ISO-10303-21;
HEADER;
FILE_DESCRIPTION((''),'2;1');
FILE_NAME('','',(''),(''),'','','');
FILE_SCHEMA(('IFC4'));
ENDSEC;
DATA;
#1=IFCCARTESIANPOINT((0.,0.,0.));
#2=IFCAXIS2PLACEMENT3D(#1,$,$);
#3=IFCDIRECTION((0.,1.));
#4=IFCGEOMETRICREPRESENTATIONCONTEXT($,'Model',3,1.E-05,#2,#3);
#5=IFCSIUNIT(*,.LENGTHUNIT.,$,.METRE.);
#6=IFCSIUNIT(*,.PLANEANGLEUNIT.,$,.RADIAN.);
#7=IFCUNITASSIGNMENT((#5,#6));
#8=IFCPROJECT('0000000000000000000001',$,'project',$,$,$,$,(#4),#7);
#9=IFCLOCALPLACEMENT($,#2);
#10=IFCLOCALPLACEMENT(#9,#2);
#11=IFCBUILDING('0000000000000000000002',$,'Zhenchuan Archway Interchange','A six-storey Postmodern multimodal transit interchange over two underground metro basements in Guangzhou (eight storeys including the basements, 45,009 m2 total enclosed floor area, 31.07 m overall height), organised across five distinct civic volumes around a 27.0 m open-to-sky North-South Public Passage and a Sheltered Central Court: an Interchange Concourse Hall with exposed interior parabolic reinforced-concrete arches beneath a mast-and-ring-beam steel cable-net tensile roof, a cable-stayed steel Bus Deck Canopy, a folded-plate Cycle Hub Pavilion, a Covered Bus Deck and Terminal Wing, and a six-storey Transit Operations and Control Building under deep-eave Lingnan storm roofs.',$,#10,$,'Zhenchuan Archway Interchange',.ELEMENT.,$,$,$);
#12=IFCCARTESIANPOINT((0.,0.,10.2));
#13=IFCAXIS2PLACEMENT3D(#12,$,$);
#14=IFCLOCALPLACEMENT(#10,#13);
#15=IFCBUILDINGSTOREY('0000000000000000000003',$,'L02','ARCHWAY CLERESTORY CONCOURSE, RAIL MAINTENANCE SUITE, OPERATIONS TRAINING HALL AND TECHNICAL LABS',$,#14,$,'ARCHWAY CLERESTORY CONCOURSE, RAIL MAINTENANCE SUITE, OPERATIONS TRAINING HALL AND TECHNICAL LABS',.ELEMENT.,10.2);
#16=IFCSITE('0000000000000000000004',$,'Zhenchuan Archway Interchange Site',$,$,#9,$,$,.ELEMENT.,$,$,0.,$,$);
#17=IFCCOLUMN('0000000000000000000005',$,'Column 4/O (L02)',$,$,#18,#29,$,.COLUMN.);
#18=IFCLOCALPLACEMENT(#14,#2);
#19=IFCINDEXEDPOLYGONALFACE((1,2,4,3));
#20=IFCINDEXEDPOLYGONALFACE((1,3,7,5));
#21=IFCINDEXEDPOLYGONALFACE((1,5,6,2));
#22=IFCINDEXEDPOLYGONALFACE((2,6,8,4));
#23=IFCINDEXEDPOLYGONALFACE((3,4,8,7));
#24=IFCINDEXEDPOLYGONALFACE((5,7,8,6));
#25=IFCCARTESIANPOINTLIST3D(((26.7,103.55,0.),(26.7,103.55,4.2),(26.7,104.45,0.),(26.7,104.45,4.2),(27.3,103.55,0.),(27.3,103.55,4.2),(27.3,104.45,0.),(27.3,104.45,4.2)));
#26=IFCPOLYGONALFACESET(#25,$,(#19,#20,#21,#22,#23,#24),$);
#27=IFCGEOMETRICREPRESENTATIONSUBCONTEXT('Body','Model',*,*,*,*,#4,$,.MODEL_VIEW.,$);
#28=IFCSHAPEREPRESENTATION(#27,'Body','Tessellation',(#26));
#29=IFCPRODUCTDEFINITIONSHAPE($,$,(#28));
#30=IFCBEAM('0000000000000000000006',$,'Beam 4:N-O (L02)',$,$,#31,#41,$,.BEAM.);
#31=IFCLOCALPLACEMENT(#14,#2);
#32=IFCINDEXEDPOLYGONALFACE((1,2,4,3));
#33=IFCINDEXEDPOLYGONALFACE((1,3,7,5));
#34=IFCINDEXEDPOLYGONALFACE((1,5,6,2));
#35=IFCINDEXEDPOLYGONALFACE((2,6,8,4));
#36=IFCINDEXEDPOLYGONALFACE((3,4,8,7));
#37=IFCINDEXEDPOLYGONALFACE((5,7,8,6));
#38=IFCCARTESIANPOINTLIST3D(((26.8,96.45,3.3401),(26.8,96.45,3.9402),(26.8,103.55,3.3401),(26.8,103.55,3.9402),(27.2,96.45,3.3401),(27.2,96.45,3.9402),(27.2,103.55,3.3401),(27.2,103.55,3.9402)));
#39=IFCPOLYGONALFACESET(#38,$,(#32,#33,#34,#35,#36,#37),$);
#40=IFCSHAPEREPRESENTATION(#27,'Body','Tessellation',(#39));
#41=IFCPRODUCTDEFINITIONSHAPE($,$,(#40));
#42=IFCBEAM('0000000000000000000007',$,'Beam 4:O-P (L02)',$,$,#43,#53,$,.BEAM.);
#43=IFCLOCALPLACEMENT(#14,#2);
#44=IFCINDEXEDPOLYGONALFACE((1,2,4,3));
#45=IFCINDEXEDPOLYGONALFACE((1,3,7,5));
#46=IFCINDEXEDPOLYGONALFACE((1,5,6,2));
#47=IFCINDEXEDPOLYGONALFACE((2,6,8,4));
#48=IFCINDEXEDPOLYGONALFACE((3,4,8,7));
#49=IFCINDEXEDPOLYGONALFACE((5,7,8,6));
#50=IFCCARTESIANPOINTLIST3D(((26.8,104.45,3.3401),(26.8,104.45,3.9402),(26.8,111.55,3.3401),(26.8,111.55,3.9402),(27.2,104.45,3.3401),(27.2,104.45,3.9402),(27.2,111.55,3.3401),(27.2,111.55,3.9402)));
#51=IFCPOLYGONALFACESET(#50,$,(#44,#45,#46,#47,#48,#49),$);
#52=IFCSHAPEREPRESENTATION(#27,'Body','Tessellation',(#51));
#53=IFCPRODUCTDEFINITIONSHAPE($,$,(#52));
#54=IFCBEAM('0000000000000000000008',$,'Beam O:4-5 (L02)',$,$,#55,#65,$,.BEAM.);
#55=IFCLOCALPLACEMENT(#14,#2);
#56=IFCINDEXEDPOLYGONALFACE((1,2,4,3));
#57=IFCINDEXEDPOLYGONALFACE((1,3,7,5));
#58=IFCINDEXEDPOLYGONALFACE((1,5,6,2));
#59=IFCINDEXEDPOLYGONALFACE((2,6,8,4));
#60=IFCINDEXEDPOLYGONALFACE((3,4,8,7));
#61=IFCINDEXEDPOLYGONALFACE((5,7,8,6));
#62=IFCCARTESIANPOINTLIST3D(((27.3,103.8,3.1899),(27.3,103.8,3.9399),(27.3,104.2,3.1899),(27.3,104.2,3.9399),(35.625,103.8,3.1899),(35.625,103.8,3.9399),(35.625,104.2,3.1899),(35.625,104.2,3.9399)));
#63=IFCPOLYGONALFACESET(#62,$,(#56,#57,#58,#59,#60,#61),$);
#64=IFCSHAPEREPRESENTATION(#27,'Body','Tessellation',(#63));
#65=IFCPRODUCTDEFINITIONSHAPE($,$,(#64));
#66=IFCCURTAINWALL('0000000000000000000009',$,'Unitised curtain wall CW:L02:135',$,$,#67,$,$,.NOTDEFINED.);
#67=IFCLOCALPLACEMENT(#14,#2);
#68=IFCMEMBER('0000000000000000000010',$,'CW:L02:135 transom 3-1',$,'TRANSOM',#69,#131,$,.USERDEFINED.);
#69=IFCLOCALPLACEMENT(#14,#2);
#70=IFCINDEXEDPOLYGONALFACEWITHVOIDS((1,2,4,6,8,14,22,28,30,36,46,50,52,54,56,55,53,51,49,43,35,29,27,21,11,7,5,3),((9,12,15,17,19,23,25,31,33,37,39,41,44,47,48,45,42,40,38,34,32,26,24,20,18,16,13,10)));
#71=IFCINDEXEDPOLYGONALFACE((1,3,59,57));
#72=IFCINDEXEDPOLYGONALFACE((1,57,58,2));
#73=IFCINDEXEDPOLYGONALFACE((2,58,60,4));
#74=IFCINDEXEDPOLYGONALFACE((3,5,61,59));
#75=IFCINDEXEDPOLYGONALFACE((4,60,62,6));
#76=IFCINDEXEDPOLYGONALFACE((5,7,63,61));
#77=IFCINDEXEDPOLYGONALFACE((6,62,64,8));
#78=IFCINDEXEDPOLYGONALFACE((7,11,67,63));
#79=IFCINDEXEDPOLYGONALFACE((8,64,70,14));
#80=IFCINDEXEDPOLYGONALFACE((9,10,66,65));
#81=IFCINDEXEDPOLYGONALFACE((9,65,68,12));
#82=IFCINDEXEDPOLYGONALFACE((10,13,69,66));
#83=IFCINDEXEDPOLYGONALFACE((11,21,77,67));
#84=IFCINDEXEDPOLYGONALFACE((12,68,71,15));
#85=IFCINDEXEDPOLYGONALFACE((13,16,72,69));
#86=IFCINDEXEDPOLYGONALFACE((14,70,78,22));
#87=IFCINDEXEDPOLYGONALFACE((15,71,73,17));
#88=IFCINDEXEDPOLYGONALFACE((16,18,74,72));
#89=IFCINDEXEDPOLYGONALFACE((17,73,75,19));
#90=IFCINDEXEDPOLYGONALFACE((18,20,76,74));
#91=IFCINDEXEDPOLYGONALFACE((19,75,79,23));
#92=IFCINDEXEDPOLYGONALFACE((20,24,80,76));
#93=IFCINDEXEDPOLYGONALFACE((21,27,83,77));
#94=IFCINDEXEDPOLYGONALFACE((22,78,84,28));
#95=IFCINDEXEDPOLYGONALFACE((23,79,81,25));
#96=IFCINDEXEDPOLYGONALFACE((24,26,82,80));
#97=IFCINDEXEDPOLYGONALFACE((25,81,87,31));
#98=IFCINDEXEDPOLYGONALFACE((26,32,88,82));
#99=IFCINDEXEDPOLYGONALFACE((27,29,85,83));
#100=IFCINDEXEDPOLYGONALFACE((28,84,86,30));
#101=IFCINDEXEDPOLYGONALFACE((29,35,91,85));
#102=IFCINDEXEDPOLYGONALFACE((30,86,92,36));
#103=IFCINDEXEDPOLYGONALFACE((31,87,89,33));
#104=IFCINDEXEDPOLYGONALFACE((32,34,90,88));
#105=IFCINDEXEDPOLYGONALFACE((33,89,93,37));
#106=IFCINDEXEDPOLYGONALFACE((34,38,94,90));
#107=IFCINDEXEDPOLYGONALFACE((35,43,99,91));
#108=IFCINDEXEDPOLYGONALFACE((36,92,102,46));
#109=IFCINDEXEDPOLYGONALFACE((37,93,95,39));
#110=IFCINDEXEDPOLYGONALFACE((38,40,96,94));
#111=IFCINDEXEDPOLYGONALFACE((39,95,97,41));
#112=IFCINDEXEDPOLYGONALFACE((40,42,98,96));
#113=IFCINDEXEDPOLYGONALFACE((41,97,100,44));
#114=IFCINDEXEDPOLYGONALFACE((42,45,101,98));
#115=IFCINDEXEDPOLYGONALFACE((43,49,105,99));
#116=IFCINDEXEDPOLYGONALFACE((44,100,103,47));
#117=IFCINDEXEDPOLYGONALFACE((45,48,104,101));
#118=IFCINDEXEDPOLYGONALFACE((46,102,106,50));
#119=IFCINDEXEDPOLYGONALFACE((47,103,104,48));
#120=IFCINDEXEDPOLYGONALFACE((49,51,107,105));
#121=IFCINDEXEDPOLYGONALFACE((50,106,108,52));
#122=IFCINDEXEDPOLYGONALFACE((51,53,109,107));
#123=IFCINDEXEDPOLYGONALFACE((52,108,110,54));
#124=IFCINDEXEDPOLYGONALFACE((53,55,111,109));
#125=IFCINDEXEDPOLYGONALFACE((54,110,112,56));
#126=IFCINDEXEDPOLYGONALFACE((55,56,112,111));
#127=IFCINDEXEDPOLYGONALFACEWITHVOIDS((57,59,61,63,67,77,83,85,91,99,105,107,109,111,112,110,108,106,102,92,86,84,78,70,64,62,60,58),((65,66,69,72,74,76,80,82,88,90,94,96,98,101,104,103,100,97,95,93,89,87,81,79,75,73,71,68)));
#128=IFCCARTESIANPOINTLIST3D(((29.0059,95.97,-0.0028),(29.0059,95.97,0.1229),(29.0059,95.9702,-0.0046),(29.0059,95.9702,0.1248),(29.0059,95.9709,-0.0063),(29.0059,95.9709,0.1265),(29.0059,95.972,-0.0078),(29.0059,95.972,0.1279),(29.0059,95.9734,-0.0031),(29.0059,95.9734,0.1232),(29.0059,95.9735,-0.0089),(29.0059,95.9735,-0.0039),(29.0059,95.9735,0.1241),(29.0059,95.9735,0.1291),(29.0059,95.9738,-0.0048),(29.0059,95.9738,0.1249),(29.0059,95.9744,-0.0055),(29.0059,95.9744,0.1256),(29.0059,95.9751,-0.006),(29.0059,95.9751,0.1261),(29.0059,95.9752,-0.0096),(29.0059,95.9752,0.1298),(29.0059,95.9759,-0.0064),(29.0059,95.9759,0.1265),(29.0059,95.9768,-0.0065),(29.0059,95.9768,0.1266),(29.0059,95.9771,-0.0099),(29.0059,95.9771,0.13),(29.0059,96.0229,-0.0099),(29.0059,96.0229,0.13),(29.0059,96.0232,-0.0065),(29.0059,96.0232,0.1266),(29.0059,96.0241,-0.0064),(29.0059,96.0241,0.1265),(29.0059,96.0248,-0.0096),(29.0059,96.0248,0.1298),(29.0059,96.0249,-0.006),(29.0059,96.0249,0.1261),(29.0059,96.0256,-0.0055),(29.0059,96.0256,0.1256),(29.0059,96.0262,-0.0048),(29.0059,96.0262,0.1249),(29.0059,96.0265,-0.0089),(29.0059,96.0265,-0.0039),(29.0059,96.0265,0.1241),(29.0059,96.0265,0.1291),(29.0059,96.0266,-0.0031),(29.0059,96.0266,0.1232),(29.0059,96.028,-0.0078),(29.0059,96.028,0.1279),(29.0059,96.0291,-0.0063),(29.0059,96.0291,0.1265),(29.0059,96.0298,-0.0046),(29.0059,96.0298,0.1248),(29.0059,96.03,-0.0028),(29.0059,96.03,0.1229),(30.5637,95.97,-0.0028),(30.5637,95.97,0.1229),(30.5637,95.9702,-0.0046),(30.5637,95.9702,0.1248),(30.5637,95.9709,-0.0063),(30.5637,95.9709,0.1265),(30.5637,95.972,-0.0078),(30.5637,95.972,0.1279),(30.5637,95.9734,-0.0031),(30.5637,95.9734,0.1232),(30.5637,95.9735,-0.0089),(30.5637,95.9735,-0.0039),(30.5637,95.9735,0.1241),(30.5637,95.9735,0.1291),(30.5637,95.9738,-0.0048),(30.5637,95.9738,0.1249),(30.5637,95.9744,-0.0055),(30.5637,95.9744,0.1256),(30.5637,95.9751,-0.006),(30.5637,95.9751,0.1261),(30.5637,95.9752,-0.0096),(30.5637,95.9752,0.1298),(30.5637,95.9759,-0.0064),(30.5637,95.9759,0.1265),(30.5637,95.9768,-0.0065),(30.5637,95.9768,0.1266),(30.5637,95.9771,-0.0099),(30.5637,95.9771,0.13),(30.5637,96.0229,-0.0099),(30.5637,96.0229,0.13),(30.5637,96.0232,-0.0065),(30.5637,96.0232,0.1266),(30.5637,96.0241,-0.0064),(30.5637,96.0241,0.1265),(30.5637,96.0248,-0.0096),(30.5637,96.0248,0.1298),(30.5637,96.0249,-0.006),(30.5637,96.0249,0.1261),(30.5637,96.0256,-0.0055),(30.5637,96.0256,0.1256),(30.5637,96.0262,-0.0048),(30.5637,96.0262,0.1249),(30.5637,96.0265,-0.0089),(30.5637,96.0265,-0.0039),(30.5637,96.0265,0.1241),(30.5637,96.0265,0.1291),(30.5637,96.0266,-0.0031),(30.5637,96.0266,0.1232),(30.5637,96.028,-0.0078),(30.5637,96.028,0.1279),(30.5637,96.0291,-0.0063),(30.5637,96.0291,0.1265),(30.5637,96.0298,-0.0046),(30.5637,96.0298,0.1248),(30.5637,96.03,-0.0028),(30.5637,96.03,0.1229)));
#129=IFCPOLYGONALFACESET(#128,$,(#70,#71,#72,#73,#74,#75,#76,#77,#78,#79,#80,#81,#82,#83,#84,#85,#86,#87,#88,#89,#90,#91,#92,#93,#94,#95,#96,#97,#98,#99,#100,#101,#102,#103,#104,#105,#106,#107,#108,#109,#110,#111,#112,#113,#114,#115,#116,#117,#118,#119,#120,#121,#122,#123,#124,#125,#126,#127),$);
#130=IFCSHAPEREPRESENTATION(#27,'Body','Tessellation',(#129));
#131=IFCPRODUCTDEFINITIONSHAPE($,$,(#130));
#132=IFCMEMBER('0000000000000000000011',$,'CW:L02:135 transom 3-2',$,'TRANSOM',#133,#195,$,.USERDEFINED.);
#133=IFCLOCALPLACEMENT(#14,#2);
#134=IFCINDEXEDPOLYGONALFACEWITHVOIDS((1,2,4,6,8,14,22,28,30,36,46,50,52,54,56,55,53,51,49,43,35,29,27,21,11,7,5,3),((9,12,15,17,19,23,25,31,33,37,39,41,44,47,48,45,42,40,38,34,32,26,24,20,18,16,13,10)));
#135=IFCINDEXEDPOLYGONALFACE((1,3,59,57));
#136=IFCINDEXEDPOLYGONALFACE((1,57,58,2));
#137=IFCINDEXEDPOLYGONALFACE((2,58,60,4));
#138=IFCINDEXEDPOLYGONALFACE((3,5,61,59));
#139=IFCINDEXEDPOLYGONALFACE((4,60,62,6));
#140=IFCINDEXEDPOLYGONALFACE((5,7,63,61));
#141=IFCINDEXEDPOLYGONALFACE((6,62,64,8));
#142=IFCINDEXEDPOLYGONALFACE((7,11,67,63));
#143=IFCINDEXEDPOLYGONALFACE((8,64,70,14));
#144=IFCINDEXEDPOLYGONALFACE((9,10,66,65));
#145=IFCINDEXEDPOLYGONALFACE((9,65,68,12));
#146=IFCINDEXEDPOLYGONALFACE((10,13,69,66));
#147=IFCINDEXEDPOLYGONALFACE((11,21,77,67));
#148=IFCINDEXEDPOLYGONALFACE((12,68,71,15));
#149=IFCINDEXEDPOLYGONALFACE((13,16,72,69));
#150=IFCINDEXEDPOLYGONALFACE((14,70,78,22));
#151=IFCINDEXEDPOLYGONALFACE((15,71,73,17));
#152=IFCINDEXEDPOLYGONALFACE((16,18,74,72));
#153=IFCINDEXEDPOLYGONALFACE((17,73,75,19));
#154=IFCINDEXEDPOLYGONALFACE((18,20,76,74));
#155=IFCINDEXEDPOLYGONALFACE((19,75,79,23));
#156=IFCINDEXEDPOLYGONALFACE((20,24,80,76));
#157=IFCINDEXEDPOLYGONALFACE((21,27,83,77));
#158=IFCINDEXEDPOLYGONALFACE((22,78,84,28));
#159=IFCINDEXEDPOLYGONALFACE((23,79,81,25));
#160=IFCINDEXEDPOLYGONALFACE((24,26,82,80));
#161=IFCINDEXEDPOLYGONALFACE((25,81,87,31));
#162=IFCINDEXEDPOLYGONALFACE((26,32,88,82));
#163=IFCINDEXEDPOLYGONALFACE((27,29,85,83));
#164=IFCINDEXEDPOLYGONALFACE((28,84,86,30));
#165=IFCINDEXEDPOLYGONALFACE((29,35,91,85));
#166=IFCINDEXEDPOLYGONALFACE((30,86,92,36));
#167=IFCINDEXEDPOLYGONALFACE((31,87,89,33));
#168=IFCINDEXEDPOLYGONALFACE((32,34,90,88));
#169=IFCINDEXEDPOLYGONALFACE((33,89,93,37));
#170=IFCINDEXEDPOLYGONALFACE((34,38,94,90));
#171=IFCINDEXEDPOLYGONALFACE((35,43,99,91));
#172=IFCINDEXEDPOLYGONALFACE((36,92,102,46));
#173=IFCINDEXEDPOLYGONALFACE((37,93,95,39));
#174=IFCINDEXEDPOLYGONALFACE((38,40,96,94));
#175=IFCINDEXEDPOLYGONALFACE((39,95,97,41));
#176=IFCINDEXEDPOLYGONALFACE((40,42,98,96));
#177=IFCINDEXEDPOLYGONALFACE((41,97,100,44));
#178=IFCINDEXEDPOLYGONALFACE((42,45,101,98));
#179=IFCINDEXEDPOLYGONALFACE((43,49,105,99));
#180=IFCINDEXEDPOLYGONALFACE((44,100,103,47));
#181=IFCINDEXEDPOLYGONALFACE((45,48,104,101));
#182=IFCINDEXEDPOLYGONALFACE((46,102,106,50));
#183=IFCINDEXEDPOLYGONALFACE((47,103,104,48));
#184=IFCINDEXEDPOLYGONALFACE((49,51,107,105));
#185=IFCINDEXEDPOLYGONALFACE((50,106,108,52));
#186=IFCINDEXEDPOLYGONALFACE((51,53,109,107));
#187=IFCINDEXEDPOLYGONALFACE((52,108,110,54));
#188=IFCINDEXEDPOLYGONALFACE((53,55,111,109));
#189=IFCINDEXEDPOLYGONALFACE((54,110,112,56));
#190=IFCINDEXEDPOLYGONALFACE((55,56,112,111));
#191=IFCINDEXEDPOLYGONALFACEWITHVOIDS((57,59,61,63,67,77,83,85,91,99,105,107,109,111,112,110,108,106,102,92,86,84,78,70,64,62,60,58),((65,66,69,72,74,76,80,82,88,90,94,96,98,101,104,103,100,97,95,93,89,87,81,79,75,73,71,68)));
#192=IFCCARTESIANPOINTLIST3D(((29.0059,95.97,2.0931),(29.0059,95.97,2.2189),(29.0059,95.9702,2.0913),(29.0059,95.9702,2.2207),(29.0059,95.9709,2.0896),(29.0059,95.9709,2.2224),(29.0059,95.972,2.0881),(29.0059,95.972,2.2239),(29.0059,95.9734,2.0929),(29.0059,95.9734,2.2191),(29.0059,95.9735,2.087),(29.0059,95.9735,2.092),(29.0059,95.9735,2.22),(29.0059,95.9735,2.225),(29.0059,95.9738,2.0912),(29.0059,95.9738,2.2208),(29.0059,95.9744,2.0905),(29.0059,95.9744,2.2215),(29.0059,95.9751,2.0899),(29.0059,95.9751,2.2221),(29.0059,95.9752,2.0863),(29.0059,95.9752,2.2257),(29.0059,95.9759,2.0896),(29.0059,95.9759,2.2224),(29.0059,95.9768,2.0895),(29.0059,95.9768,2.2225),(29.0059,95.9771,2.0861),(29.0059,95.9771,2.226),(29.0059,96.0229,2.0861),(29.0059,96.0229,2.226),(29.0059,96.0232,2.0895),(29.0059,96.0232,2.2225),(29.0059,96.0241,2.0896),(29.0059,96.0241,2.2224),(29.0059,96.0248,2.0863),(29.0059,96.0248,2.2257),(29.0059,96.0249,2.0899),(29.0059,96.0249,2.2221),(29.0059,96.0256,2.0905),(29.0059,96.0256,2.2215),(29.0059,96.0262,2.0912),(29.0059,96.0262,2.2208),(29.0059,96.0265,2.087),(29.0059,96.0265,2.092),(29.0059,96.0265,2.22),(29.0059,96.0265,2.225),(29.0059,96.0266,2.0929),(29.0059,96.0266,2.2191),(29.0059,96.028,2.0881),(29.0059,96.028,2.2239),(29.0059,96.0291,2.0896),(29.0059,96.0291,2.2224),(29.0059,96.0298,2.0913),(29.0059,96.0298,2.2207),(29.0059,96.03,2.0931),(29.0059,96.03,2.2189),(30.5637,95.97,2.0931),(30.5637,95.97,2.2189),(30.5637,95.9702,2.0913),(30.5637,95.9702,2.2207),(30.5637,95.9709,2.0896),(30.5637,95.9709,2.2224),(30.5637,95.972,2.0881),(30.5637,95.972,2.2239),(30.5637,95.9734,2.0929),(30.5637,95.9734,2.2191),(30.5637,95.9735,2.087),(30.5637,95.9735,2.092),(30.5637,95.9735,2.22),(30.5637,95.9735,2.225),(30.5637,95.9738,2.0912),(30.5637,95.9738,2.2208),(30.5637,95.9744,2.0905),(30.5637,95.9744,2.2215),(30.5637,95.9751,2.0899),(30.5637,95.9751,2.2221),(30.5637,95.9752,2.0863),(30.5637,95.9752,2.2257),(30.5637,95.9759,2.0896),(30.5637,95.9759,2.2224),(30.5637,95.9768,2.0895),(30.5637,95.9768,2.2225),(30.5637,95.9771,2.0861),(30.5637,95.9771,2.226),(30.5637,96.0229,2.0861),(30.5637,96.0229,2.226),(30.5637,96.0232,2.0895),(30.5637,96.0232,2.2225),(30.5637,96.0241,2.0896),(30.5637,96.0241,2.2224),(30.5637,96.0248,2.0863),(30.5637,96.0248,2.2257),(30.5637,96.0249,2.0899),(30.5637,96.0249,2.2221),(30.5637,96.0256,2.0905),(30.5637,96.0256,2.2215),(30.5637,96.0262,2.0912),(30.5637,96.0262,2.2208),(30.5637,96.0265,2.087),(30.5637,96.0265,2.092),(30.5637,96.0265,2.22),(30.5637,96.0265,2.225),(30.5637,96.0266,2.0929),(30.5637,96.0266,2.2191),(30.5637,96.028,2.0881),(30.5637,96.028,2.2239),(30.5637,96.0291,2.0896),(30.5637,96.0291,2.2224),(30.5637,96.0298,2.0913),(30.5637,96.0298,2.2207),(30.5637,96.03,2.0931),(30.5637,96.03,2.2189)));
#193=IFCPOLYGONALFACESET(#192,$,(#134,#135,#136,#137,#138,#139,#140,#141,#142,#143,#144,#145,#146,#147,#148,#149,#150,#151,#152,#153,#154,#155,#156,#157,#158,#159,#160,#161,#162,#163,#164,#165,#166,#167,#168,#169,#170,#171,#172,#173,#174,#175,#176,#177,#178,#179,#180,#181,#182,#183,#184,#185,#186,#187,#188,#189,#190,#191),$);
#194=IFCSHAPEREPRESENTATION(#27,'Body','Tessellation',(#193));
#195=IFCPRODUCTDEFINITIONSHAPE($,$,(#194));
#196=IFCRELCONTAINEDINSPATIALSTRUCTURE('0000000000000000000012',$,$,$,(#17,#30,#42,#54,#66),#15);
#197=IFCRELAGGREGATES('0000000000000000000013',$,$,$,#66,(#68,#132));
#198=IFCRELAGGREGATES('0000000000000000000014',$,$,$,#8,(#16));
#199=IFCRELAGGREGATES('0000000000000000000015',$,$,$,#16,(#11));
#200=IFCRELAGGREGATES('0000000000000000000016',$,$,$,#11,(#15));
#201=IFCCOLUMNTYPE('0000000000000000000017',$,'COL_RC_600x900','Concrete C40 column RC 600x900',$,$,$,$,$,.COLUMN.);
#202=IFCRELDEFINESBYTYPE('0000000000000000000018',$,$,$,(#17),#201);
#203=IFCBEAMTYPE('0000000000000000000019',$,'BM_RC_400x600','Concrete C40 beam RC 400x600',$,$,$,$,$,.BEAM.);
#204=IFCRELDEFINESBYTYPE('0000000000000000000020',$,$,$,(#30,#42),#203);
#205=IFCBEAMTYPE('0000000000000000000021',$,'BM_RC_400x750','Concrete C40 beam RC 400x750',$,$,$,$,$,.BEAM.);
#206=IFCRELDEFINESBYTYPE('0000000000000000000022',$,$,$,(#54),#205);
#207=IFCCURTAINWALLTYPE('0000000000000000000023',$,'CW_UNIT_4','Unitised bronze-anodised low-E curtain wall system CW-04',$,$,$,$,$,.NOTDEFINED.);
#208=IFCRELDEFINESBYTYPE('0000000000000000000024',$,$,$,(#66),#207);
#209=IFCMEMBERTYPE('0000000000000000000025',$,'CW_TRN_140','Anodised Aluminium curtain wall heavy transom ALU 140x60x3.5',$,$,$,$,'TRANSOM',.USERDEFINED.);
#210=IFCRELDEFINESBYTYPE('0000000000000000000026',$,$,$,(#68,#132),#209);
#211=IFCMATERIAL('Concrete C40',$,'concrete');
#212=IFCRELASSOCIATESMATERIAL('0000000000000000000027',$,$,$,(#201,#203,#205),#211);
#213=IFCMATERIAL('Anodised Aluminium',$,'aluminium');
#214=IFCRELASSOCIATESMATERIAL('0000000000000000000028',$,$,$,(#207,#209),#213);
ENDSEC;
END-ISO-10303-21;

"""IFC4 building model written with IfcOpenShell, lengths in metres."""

from ifc_helpers import new_model, si_unit, direction, frame, origin, origin_2d, place, context, subcontext, project, spatial, rectangle, hollow_rectangle, extrude, material, material_profile, profile_set, type_object, element, aggregate, save


model = new_model("IFC4")

# Units and contexts
model_context = context("Model", 3, precision=1e-05, world=origin(), true_north=direction((0.0, 1.0)))
body_context = subcontext(model_context, "Body", "Model", "MODEL_VIEW")
ifc_project = project(units=[si_unit("LENGTHUNIT", "METRE"), si_unit("PLANEANGLEUNIT", "RADIAN")], contexts=[model_context])

# Site, building, storey
site_placement = place(None, origin())
site = spatial("IfcSite", under=ifc_project, at=site_placement, Name="Zhenchuan Archway Interchange Site", CompositionType="ELEMENT", RefElevation=0.0)
building_placement = place(site_placement, origin())
building = spatial("IfcBuilding", under=site, at=building_placement, Name="Zhenchuan Archway Interchange", Description="A six-storey Postmodern multimodal transit interchange over two underground metro basements in Guangzhou (eight storeys including the basements, 45,009 m2 total enclosed floor area, 31.07 m overall height), organised across five distinct civic volumes around a 27.0 m open-to-sky North-South Public Passage and a Sheltered Central Court: an Interchange Concourse Hall with exposed interior parabolic reinforced-concrete arches beneath a mast-and-ring-beam steel cable-net tensile roof, a cable-stayed steel Bus Deck Canopy, a folded-plate Cycle Hub Pavilion, a Covered Bus Deck and Terminal Wing, and a six-storey Transit Operations and Control Building under deep-eave Lingnan storm roofs.", LongName="Zhenchuan Archway Interchange", CompositionType="ELEMENT")
storey_placement = place(building_placement, frame((0.0, 0.0, 10.2)))
storey = spatial("IfcBuildingStorey", under=building, at=storey_placement, Name="L02", Description="ARCHWAY CLERESTORY CONCOURSE, RAIL MAINTENANCE SUITE, OPERATIONS TRAINING HALL AND TECHNICAL LABS", LongName="ARCHWAY CLERESTORY CONCOURSE, RAIL MAINTENANCE SUITE, OPERATIONS TRAINING HALL AND TECHNICAL LABS", CompositionType="ELEMENT", Elevation=10.2)

# Column
ifc_material_1 = material(Name="Concrete C40", Category="concrete")
ifc_material_profile_1 = material_profile(ifc_material_1, rectangle(XDim=0.6001, YDim=0.8999, at=origin_2d()), Name="RC 600x900")
ifc_profile_set_1 = profile_set([ifc_material_profile_1], Name="Concrete C40")
column_type = type_object("IfcColumnType", Name="COL_RC_600x900", Description="Concrete C40 column RC 600x900", PredefinedType="COLUMN", material=ifc_profile_set_1)
column_placement = place(storey_placement, frame((27.0, 104.0, 0.0), z_axis=(0.0, 0.0, 1.0), x_axis=(1.0, 0.0, 0.0)))
element("IfcColumn", 1, at=column_placement, inside=storey, type_object=column_type, Name="Column 4/O (L02)", PredefinedType="COLUMN", context=body_context, shape_type="SweptSolid", body=[
    extrude(rectangle(XDim=0.6001, YDim=0.8999, at=origin_2d()), origin(), (0.0, 0.0, 1.0), 4.2),
])

# Beams
ifc_material_profile_2 = material_profile(ifc_material_1, rectangle(XDim=0.3999, YDim=0.6001, at=origin_2d()), Name="RC 400x600")
ifc_profile_set_2 = profile_set([ifc_material_profile_2], Name="Concrete C40")
beam_type_1 = type_object("IfcBeamType", Name="BM_RC_400x600", Description="Concrete C40 beam RC 400x600", PredefinedType="BEAM", material=ifc_profile_set_2)
for number, where, z_axis, x_axis, name in (
    (2, (27.0, 96.45, 3.6401), (0.0, 1.0, 0.0), (-1.0, 0.0, 0.0), "Beam 4:N-O (L02)"),
    (3, (27.0, 104.45, 3.6401), (0.0, 1.0, 0.0), (-1.0, 0.0, 0.0), "Beam 4:O-P (L02)"),
):
    element("IfcBeam", number, at=place(storey_placement, frame(where, z_axis=z_axis, x_axis=x_axis)), inside=storey, type_object=beam_type_1, Name=name, PredefinedType="BEAM", context=body_context, shape_type="SweptSolid", body=[
        extrude(rectangle(XDim=0.3999, YDim=0.6001, at=origin_2d()), origin(), (0.0, 0.0, 1.0), 7.1001),
    ])
ifc_material_profile_3 = material_profile(ifc_material_1, rectangle(XDim=0.3999, YDim=0.75, at=origin_2d()), Name="RC 400x750")
ifc_profile_set_3 = profile_set([ifc_material_profile_3], Name="Concrete C40")
beam_type_2 = type_object("IfcBeamType", Name="BM_RC_400x750", Description="Concrete C40 beam RC 400x750", PredefinedType="BEAM", material=ifc_profile_set_3)
beam_1_placement = place(storey_placement, frame((27.3, 104.0, 3.5649), z_axis=(1.0, 0.0, 0.0), x_axis=(0.0, 1.0, 0.0)))
element("IfcBeam", 4, at=beam_1_placement, inside=storey, type_object=beam_type_2, Name="Beam O:4-5 (L02)", PredefinedType="BEAM", context=body_context, shape_type="SweptSolid", body=[
    extrude(rectangle(XDim=0.3999, YDim=0.75, at=origin_2d()), origin(), (0.0, 0.0, 1.0), 8.325),
])

# Curtain wall, members
ifc_material_2 = material(Name="Anodised Aluminium", Category="aluminium")
curtain_wall_type = type_object("IfcCurtainWallType", Name="CW_UNIT_4", Description="Unitised bronze-anodised low-E curtain wall system CW-04", PredefinedType="NOTDEFINED", material=ifc_material_2)
curtain_wall_placement = place(storey_placement, origin())
curtain_wall = element("IfcCurtainWall", 5, at=curtain_wall_placement, inside=storey, type_object=curtain_wall_type, Name="Unitised curtain wall CW:L02:135", PredefinedType="NOTDEFINED")
ifc_material_profile_4 = material_profile(ifc_material_2, hollow_rectangle(XDim=0.0601, YDim=0.1399, WallThickness=0.0034, InnerFilletRadius=0.0034, OuterFilletRadius=0.0071, at=origin_2d()), Name="ALU 140x60x3.5")
ifc_profile_set_4 = profile_set([ifc_material_profile_4], Name="Anodised Aluminium")
member_type = type_object("IfcMemberType", Name="CW_TRN_140", Description="Anodised Aluminium curtain wall heavy transom ALU 140x60x3.5", ElementType="TRANSOM", PredefinedType="USERDEFINED", material=ifc_profile_set_4)
member_1_placement = place(storey_placement, frame((30.5637, 96.0, 0.0601), z_axis=(-1.0, 0.0, 0.0), x_axis=(0.0, -1.0, 0.0)))
member_1 = element("IfcMember", 6, at=member_1_placement, type_object=member_type, Name="CW:L02:135 transom 3-1", ObjectType="TRANSOM", PredefinedType="USERDEFINED", context=body_context, shape_type="SweptSolid", body=[
    extrude(hollow_rectangle(XDim=0.0601, YDim=0.1399, WallThickness=0.0034, InnerFilletRadius=0.0034, OuterFilletRadius=0.0071, at=origin_2d()), origin(), (0.0, 0.0, 1.0), 1.5579),
])
member_2_placement = place(storey_placement, frame((30.5637, 96.0, 2.156), z_axis=(-1.0, 0.0, 0.0), x_axis=(0.0, -1.0, 0.0)))
member_2 = element("IfcMember", 7, at=member_2_placement, type_object=member_type, Name="CW:L02:135 transom 3-2", ObjectType="TRANSOM", PredefinedType="USERDEFINED", context=body_context, shape_type="SweptSolid", body=[
    extrude(hollow_rectangle(XDim=0.0601, YDim=0.1399, WallThickness=0.0034, InnerFilletRadius=0.0034, OuterFilletRadius=0.0071, at=origin_2d()), origin(), (0.0, 0.0, 1.0), 1.5579),
])

aggregate(curtain_wall, [member_1, member_2])

save(model, "model.ifc")
